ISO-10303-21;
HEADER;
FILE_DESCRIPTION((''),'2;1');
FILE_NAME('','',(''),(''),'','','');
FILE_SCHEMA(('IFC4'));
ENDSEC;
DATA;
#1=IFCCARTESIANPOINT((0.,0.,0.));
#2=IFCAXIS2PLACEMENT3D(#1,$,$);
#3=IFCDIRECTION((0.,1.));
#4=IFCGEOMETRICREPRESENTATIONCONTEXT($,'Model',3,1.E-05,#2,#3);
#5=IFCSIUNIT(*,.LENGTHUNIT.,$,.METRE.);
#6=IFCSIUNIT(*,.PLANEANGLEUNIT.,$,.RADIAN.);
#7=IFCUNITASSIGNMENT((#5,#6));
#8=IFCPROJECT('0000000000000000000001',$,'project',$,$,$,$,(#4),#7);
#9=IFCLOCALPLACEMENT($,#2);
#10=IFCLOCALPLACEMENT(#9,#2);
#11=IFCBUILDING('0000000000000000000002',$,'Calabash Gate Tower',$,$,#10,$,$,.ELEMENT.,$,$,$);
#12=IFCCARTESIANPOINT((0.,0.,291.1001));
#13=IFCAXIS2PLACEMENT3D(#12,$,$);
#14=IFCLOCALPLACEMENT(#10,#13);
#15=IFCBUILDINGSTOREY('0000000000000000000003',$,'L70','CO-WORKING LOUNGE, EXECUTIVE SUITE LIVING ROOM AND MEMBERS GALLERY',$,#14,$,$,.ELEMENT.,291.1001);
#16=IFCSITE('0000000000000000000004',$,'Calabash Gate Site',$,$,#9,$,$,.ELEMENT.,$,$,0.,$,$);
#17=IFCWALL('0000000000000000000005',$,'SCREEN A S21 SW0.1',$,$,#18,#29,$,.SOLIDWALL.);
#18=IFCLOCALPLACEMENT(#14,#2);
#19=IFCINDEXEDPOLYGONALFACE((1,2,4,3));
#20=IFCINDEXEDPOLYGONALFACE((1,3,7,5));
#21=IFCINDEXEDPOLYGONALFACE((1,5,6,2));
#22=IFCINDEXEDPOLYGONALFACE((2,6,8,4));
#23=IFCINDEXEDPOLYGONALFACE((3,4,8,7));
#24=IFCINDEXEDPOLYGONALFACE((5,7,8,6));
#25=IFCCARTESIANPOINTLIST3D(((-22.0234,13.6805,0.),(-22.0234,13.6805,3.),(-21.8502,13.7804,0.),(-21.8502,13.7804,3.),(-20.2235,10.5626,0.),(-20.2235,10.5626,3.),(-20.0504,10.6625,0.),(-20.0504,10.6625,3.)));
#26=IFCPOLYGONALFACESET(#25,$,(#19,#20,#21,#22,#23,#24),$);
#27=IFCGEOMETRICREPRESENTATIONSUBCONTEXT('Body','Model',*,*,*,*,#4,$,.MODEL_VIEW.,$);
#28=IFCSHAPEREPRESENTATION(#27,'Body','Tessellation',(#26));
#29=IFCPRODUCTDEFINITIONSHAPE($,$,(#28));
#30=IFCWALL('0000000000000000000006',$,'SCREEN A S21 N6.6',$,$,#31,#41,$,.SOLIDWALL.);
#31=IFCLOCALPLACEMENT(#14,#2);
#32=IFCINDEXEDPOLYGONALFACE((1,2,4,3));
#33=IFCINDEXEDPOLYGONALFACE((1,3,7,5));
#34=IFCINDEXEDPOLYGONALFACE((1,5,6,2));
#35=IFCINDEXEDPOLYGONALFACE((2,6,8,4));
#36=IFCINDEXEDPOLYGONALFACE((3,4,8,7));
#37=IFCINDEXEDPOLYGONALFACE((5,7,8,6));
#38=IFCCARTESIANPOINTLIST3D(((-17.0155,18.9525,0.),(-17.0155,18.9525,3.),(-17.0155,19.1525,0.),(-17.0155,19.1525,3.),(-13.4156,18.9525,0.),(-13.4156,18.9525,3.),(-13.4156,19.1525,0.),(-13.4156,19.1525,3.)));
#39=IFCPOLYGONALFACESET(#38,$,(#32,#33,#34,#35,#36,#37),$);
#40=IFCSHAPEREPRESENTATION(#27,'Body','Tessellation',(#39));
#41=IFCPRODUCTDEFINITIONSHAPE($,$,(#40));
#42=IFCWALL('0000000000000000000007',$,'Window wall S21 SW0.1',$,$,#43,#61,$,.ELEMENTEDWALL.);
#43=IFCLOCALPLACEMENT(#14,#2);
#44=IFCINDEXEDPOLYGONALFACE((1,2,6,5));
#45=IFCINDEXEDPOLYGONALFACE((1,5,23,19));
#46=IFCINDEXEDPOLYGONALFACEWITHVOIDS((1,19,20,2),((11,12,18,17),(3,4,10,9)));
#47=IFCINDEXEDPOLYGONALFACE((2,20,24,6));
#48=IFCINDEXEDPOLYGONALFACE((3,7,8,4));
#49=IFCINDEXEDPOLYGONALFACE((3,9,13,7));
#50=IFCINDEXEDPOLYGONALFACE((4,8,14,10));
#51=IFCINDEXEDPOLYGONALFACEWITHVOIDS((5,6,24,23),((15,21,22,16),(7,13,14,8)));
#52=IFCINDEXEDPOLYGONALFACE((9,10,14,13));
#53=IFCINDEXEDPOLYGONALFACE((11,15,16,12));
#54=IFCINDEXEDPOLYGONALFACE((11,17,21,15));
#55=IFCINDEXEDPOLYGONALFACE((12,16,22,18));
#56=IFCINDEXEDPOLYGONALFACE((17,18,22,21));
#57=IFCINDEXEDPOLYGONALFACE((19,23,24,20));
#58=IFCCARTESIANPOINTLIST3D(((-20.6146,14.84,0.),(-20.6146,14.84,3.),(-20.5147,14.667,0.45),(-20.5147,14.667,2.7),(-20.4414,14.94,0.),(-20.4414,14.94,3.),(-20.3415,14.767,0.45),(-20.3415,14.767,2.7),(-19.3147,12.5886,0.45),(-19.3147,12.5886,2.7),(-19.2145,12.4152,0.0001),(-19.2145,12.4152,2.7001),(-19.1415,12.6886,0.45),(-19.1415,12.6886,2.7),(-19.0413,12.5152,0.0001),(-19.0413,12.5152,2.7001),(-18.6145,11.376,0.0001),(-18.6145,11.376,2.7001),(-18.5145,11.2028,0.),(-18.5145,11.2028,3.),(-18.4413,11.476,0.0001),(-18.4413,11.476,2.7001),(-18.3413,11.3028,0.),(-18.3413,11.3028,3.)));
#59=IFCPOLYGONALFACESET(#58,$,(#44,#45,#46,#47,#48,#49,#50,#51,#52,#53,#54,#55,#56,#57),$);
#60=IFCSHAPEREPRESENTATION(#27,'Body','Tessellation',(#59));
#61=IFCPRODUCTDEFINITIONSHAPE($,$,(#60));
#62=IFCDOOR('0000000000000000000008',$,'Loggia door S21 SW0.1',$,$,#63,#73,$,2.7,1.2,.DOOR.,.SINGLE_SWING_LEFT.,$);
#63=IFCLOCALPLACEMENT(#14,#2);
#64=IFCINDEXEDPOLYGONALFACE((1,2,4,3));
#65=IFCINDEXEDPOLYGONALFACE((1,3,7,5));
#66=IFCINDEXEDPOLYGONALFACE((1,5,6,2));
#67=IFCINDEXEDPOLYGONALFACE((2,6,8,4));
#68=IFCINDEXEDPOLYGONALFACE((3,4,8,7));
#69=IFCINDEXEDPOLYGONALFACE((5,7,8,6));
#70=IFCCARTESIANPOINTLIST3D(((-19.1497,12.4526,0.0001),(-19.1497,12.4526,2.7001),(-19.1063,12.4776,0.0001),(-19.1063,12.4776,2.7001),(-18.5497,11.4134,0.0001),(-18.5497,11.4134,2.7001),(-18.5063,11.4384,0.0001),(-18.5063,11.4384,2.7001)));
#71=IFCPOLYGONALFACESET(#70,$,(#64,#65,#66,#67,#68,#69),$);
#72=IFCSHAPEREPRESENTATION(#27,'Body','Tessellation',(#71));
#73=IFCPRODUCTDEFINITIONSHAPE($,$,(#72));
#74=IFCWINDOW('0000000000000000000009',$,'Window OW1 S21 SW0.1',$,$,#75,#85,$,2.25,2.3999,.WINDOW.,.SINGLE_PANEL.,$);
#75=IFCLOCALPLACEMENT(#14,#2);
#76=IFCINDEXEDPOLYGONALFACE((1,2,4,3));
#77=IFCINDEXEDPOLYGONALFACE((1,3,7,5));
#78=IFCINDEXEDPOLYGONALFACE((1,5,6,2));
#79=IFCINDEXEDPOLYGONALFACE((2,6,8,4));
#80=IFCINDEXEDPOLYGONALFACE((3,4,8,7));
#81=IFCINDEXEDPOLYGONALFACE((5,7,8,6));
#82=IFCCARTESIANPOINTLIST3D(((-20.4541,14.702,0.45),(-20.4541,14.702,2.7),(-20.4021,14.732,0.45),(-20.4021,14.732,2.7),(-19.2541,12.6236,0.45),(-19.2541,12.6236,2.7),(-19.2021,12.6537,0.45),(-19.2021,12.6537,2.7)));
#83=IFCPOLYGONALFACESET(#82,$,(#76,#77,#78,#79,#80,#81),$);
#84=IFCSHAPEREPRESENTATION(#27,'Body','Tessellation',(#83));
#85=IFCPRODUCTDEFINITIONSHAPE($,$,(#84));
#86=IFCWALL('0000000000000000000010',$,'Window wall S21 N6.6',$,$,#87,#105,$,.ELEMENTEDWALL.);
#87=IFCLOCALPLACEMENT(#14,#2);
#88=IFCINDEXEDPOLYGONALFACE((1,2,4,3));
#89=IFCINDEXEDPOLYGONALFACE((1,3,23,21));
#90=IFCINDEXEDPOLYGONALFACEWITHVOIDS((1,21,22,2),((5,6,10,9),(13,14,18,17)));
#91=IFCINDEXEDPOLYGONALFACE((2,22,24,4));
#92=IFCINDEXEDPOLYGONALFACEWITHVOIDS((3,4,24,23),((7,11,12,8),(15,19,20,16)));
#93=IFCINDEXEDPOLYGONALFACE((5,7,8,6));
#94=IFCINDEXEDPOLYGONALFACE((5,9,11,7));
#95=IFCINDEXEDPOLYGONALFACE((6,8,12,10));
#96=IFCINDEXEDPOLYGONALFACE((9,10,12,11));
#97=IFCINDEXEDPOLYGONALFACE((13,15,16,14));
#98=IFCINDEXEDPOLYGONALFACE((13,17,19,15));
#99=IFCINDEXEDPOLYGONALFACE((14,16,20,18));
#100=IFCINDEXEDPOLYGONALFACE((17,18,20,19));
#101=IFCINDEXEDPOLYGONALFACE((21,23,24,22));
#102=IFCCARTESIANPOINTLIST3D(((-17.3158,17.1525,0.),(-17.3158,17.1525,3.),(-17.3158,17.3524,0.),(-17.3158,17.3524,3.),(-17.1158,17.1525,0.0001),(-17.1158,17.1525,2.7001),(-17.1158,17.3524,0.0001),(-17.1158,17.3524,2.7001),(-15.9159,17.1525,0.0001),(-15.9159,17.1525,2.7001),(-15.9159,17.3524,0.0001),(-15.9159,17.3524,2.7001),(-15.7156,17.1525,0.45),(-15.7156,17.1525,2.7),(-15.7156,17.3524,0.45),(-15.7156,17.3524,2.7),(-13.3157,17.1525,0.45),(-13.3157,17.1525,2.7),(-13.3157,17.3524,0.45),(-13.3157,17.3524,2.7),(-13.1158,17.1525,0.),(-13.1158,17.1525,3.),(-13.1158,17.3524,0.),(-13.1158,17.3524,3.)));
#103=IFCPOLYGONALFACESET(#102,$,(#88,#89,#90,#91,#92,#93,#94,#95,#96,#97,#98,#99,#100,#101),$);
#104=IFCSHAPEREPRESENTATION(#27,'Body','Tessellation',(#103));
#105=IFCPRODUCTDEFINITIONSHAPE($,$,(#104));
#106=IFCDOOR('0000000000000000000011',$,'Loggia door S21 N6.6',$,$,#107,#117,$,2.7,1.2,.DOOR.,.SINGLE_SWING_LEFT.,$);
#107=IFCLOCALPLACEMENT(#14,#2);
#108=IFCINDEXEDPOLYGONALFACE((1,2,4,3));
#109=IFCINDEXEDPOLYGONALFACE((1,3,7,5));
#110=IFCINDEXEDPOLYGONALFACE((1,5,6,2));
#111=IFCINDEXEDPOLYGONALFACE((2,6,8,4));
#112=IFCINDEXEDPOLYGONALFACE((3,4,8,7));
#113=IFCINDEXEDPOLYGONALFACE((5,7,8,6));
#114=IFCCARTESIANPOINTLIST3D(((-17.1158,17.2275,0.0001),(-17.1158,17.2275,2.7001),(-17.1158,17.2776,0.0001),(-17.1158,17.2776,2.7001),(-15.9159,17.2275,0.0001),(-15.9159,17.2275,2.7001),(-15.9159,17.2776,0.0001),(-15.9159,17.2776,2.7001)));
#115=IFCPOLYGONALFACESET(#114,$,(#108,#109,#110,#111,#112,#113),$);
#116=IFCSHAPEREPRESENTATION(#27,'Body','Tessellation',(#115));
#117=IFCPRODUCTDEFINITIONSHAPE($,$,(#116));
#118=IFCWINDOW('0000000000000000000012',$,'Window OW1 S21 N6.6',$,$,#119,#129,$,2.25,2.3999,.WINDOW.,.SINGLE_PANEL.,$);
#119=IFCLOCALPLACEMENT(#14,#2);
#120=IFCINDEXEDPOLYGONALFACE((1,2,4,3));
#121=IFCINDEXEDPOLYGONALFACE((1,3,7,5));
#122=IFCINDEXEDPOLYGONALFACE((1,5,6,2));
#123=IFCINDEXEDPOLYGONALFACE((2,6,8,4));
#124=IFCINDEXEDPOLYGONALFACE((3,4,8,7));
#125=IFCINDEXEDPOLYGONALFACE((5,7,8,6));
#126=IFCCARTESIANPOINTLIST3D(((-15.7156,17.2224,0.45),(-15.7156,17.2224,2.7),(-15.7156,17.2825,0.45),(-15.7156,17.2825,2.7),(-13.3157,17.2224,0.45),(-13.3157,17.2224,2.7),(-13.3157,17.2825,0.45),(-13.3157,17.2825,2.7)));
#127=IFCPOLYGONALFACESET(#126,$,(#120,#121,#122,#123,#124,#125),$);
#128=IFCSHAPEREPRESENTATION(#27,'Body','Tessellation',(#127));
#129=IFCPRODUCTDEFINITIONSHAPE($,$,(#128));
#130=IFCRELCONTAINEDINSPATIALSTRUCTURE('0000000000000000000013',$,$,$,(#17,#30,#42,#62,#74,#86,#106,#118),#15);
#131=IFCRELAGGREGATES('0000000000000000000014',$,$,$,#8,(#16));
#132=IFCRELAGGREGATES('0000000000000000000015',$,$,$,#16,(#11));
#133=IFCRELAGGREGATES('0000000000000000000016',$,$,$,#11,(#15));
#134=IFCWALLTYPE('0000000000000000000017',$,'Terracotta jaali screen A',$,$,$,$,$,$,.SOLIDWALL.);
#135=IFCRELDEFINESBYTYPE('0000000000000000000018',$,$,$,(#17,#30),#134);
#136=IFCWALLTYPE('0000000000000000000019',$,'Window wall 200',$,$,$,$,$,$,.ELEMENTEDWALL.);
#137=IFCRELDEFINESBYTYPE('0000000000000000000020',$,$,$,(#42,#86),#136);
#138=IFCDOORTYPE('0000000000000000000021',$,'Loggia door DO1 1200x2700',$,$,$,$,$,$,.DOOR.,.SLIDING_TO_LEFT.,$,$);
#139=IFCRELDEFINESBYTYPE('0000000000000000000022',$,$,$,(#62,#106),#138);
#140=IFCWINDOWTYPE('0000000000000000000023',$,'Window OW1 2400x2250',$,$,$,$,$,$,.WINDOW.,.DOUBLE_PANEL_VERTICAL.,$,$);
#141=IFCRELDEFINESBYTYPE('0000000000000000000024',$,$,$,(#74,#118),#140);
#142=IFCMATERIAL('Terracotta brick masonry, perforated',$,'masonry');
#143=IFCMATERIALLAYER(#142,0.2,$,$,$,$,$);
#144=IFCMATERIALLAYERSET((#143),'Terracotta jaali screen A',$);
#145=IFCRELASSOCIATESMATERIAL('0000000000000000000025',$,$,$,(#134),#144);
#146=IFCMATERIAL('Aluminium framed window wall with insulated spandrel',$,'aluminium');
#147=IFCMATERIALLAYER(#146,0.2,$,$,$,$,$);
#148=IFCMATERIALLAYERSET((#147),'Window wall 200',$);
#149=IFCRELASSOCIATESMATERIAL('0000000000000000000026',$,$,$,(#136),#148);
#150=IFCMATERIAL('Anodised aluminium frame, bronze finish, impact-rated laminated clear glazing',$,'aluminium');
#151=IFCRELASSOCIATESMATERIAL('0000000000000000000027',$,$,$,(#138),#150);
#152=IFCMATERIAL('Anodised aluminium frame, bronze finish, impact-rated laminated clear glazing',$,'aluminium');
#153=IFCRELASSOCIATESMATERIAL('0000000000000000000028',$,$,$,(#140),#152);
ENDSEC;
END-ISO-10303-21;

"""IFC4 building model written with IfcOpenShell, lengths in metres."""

from ifc_helpers import new_model, si_unit, direction, frame, frame_2d, origin, place, context, subcontext, project, spatial, rectangle, extrude, material, layer, layer_set, type_object, element, fill, save


model = new_model("IFC4")

# Units and contexts
model_context = context("Model", 3, precision=1e-05, world=origin(), true_north=direction((0.0, 1.0)))
body_context = subcontext(model_context, "Body", "Model", "MODEL_VIEW")
ifc_project = project(units=[si_unit("LENGTHUNIT", "METRE"), si_unit("PLANEANGLEUNIT", "RADIAN")], contexts=[model_context])

# Site, building, storey
site_placement = place(None, origin())
site = spatial("IfcSite", under=ifc_project, at=site_placement, Name="Calabash Gate Site", CompositionType="ELEMENT", RefElevation=0.0)
building_placement = place(site_placement, origin())
building = spatial("IfcBuilding", under=site, at=building_placement, Name="Calabash Gate Tower", CompositionType="ELEMENT")
storey_placement = place(building_placement, frame((0.0, 0.0, 291.1001)))
storey = spatial("IfcBuildingStorey", under=building, at=storey_placement, Name="L70", Description="CO-WORKING LOUNGE, EXECUTIVE SUITE LIVING ROOM AND MEMBERS GALLERY", CompositionType="ELEMENT", Elevation=291.1001)

# Walls
ifc_material_1 = material(Name="Terracotta brick masonry, perforated", Category="masonry")
ifc_layer_1 = layer(ifc_material_1, 0.2)
ifc_layer_set_1 = layer_set([ifc_layer_1], Name="Terracotta jaali screen A")
wall_type_1 = type_object("IfcWallType", Name="Terracotta jaali screen A", PredefinedType="SOLIDWALL", material=ifc_layer_set_1)
wall_1_placement = place(storey_placement, frame((-21.9368, 13.7305, 0.0), z_axis=(0.0, 0.0, 1.0), x_axis=(0.499932, -0.866065, 0.0)))
element("IfcWall", 1, at=wall_1_placement, inside=storey, type_object=wall_type_1, Name="SCREEN A S21 SW0.1", PredefinedType="SOLIDWALL", context=body_context, shape_type="SweptSolid", body=[
    extrude(rectangle(XDim=3.6001, YDim=0.2, at=frame_2d((1.8, 0.0))), origin(), (0.0, 0.0, 1.0), 3.0),
])
wall_2_placement = place(storey_placement, frame((-13.4158, 19.0525, 0.0), z_axis=(0.0, 0.0, 1.0), x_axis=(-1.0, 0.0, 0.0)))
element("IfcWall", 2, at=wall_2_placement, inside=storey, type_object=wall_type_1, Name="SCREEN A S21 N6.6", PredefinedType="SOLIDWALL", context=body_context, shape_type="SweptSolid", body=[
    extrude(rectangle(XDim=3.5999, YDim=0.2, at=frame_2d((1.7998, 0.0))), origin(), (0.0, 0.0, 1.0), 3.0),
])

# Walls, openings, doors, windows
ifc_material_2 = material(Name="Aluminium framed window wall with insulated spandrel", Category="aluminium")
ifc_layer_2 = layer(ifc_material_2, 0.2)
ifc_layer_set_2 = layer_set([ifc_layer_2], Name="Window wall 200")
wall_type_2 = type_object("IfcWallType", Name="Window wall 200", PredefinedType="ELEMENTEDWALL", material=ifc_layer_set_2)
wall_3_placement = place(storey_placement, frame((-20.5281, 14.8901, 0.0), z_axis=(0.0, 0.0, 1.0), x_axis=(0.500028, -0.866009, 0.0)))
wall_3 = element("IfcWall", 3, at=wall_3_placement, inside=storey, type_object=wall_type_2, Name="Window wall S21 SW0.1", PredefinedType="ELEMENTEDWALL", context=body_context, shape_type="SweptSolid", body=[
    extrude(rectangle(XDim=4.2, YDim=0.2, at=frame_2d((2.1001, 0.0))), origin(), (0.0, 0.0, 1.0), 3.0),
])
opening_1_placement = place(wall_3_placement, frame((0.2, 0.0, 0.45)))
opening_1 = element("IfcOpeningElement", 4, at=opening_1_placement, cuts=wall_3, PredefinedType="OPENING", context=body_context, shape_type="SweptSolid", body=[
    extrude(rectangle(XDim=2.3999, YDim=2.25, at=frame_2d((1.2, 1.125))), frame((0.0, 0.1099, 0.0), z_axis=(0.0, -1.0, 0.0), x_axis=(1.0, 0.0, 0.0)), (0.0, 0.0, 1.0), 0.22),
])
opening_2_placement = place(wall_3_placement, frame((2.8, 0.0, 0.0)))
opening_2 = element("IfcOpeningElement", 5, at=opening_2_placement, cuts=wall_3, PredefinedType="OPENING", context=body_context, shape_type="SweptSolid", body=[
    extrude(rectangle(XDim=1.2, YDim=2.7, at=frame_2d((0.6001, 1.3501))), frame((0.0, 0.1099, 0.0), z_axis=(0.0, -1.0, 0.0), x_axis=(1.0, 0.0, 0.0)), (0.0, 0.0, 1.0), 0.22),
])
ifc_material_3 = material(Name="Anodised aluminium frame, bronze finish, impact-rated laminated clear glazing", Category="aluminium")
door_type_1 = type_object("IfcDoorType", Name="Loggia door DO1 1200x2700", OperationType="SLIDING_TO_LEFT", PredefinedType="DOOR", material=ifc_material_3)
door_1_placement = place(opening_2_placement, origin())
door_1 = element("IfcDoor", 6, at=door_1_placement, inside=storey, type_object=door_type_1, Name="Loggia door S21 SW0.1", OperationType="SINGLE_SWING_LEFT", OverallHeight=2.7, OverallWidth=1.2, PredefinedType="DOOR", context=body_context, shape_type="SweptSolid", body=[
    extrude(rectangle(XDim=1.2, YDim=2.7, at=frame_2d((0.6001, 1.3501))), frame((0.0, 0.0249, 0.0), z_axis=(0.0, -1.0, 0.0), x_axis=(1.0, 0.0, 0.0)), (0.0, 0.0, 1.0), 0.05),
])
fill(opening_2, door_1)
ifc_material_4 = material(Name="Anodised aluminium frame, bronze finish, impact-rated laminated clear glazing", Category="aluminium")
window_type = type_object("IfcWindowType", Name="Window OW1 2400x2250", PartitioningType="DOUBLE_PANEL_VERTICAL", PredefinedType="WINDOW", material=ifc_material_4)
window_1_placement = place(opening_1_placement, origin())
window_1 = element("IfcWindow", 7, at=window_1_placement, inside=storey, type_object=window_type, Name="Window OW1 S21 SW0.1", OverallHeight=2.25, OverallWidth=2.3999, PartitioningType="SINGLE_PANEL", PredefinedType="WINDOW", context=body_context, shape_type="SweptSolid", body=[
    extrude(rectangle(XDim=2.3999, YDim=2.25, at=frame_2d((1.2, 1.125))), frame((0.0, 0.03, 0.0), z_axis=(0.0, -1.0, 0.0), x_axis=(1.0, 0.0, 0.0)), (0.0, 0.0, 1.0), 0.0601),
])
fill(opening_1, window_1)
wall_4_placement = place(storey_placement, frame((-13.1157, 17.2524, 0.0), z_axis=(0.0, 0.0, 1.0), x_axis=(-1.0, 0.0, 0.0)))
wall_4 = element("IfcWall", 8, at=wall_4_placement, inside=storey, type_object=wall_type_2, Name="Window wall S21 N6.6", PredefinedType="ELEMENTEDWALL", context=body_context, shape_type="SweptSolid", body=[
    extrude(rectangle(XDim=4.2, YDim=0.2, at=frame_2d((2.1001, 0.0))), origin(), (0.0, 0.0, 1.0), 3.0),
])
opening_3_placement = place(wall_4_placement, frame((0.2, 0.0, 0.45)))
opening_3 = element("IfcOpeningElement", 9, at=opening_3_placement, cuts=wall_4, PredefinedType="OPENING", context=body_context, shape_type="SweptSolid", body=[
    extrude(rectangle(XDim=2.3999, YDim=2.25, at=frame_2d((1.2, 1.125))), frame((0.0, 0.1099, 0.0), z_axis=(0.0, -1.0, 0.0), x_axis=(1.0, 0.0, 0.0)), (0.0, 0.0, 1.0), 0.22),
])
opening_4_placement = place(wall_4_placement, frame((2.8, 0.0, 0.0)))
opening_4 = element("IfcOpeningElement", 10, at=opening_4_placement, cuts=wall_4, PredefinedType="OPENING", context=body_context, shape_type="SweptSolid", body=[
    extrude(rectangle(XDim=1.2, YDim=2.7, at=frame_2d((0.6001, 1.3501))), frame((0.0, 0.1099, 0.0), z_axis=(0.0, -1.0, 0.0), x_axis=(1.0, 0.0, 0.0)), (0.0, 0.0, 1.0), 0.22),
])
door_2_placement = place(opening_4_placement, origin())
door_2 = element("IfcDoor", 11, at=door_2_placement, inside=storey, type_object=door_type_1, Name="Loggia door S21 N6.6", OperationType="SINGLE_SWING_LEFT", OverallHeight=2.7, OverallWidth=1.2, PredefinedType="DOOR", context=body_context, shape_type="SweptSolid", body=[
    extrude(rectangle(XDim=1.2, YDim=2.7, at=frame_2d((0.6001, 1.3501))), frame((0.0, 0.0249, 0.0), z_axis=(0.0, -1.0, 0.0), x_axis=(1.0, 0.0, 0.0)), (0.0, 0.0, 1.0), 0.05),
])
fill(opening_4, door_2)
window_2_placement = place(opening_3_placement, origin())
window_2 = element("IfcWindow", 12, at=window_2_placement, inside=storey, type_object=window_type, Name="Window OW1 S21 N6.6", OverallHeight=2.25, OverallWidth=2.3999, PartitioningType="SINGLE_PANEL", PredefinedType="WINDOW", context=body_context, shape_type="SweptSolid", body=[
    extrude(rectangle(XDim=2.3999, YDim=2.25, at=frame_2d((1.2, 1.125))), frame((0.0, 0.03, 0.0), z_axis=(0.0, -1.0, 0.0), x_axis=(1.0, 0.0, 0.0)), (0.0, 0.0, 1.0), 0.0601),
])
fill(opening_3, window_2)

save(model, "model.ifc")
